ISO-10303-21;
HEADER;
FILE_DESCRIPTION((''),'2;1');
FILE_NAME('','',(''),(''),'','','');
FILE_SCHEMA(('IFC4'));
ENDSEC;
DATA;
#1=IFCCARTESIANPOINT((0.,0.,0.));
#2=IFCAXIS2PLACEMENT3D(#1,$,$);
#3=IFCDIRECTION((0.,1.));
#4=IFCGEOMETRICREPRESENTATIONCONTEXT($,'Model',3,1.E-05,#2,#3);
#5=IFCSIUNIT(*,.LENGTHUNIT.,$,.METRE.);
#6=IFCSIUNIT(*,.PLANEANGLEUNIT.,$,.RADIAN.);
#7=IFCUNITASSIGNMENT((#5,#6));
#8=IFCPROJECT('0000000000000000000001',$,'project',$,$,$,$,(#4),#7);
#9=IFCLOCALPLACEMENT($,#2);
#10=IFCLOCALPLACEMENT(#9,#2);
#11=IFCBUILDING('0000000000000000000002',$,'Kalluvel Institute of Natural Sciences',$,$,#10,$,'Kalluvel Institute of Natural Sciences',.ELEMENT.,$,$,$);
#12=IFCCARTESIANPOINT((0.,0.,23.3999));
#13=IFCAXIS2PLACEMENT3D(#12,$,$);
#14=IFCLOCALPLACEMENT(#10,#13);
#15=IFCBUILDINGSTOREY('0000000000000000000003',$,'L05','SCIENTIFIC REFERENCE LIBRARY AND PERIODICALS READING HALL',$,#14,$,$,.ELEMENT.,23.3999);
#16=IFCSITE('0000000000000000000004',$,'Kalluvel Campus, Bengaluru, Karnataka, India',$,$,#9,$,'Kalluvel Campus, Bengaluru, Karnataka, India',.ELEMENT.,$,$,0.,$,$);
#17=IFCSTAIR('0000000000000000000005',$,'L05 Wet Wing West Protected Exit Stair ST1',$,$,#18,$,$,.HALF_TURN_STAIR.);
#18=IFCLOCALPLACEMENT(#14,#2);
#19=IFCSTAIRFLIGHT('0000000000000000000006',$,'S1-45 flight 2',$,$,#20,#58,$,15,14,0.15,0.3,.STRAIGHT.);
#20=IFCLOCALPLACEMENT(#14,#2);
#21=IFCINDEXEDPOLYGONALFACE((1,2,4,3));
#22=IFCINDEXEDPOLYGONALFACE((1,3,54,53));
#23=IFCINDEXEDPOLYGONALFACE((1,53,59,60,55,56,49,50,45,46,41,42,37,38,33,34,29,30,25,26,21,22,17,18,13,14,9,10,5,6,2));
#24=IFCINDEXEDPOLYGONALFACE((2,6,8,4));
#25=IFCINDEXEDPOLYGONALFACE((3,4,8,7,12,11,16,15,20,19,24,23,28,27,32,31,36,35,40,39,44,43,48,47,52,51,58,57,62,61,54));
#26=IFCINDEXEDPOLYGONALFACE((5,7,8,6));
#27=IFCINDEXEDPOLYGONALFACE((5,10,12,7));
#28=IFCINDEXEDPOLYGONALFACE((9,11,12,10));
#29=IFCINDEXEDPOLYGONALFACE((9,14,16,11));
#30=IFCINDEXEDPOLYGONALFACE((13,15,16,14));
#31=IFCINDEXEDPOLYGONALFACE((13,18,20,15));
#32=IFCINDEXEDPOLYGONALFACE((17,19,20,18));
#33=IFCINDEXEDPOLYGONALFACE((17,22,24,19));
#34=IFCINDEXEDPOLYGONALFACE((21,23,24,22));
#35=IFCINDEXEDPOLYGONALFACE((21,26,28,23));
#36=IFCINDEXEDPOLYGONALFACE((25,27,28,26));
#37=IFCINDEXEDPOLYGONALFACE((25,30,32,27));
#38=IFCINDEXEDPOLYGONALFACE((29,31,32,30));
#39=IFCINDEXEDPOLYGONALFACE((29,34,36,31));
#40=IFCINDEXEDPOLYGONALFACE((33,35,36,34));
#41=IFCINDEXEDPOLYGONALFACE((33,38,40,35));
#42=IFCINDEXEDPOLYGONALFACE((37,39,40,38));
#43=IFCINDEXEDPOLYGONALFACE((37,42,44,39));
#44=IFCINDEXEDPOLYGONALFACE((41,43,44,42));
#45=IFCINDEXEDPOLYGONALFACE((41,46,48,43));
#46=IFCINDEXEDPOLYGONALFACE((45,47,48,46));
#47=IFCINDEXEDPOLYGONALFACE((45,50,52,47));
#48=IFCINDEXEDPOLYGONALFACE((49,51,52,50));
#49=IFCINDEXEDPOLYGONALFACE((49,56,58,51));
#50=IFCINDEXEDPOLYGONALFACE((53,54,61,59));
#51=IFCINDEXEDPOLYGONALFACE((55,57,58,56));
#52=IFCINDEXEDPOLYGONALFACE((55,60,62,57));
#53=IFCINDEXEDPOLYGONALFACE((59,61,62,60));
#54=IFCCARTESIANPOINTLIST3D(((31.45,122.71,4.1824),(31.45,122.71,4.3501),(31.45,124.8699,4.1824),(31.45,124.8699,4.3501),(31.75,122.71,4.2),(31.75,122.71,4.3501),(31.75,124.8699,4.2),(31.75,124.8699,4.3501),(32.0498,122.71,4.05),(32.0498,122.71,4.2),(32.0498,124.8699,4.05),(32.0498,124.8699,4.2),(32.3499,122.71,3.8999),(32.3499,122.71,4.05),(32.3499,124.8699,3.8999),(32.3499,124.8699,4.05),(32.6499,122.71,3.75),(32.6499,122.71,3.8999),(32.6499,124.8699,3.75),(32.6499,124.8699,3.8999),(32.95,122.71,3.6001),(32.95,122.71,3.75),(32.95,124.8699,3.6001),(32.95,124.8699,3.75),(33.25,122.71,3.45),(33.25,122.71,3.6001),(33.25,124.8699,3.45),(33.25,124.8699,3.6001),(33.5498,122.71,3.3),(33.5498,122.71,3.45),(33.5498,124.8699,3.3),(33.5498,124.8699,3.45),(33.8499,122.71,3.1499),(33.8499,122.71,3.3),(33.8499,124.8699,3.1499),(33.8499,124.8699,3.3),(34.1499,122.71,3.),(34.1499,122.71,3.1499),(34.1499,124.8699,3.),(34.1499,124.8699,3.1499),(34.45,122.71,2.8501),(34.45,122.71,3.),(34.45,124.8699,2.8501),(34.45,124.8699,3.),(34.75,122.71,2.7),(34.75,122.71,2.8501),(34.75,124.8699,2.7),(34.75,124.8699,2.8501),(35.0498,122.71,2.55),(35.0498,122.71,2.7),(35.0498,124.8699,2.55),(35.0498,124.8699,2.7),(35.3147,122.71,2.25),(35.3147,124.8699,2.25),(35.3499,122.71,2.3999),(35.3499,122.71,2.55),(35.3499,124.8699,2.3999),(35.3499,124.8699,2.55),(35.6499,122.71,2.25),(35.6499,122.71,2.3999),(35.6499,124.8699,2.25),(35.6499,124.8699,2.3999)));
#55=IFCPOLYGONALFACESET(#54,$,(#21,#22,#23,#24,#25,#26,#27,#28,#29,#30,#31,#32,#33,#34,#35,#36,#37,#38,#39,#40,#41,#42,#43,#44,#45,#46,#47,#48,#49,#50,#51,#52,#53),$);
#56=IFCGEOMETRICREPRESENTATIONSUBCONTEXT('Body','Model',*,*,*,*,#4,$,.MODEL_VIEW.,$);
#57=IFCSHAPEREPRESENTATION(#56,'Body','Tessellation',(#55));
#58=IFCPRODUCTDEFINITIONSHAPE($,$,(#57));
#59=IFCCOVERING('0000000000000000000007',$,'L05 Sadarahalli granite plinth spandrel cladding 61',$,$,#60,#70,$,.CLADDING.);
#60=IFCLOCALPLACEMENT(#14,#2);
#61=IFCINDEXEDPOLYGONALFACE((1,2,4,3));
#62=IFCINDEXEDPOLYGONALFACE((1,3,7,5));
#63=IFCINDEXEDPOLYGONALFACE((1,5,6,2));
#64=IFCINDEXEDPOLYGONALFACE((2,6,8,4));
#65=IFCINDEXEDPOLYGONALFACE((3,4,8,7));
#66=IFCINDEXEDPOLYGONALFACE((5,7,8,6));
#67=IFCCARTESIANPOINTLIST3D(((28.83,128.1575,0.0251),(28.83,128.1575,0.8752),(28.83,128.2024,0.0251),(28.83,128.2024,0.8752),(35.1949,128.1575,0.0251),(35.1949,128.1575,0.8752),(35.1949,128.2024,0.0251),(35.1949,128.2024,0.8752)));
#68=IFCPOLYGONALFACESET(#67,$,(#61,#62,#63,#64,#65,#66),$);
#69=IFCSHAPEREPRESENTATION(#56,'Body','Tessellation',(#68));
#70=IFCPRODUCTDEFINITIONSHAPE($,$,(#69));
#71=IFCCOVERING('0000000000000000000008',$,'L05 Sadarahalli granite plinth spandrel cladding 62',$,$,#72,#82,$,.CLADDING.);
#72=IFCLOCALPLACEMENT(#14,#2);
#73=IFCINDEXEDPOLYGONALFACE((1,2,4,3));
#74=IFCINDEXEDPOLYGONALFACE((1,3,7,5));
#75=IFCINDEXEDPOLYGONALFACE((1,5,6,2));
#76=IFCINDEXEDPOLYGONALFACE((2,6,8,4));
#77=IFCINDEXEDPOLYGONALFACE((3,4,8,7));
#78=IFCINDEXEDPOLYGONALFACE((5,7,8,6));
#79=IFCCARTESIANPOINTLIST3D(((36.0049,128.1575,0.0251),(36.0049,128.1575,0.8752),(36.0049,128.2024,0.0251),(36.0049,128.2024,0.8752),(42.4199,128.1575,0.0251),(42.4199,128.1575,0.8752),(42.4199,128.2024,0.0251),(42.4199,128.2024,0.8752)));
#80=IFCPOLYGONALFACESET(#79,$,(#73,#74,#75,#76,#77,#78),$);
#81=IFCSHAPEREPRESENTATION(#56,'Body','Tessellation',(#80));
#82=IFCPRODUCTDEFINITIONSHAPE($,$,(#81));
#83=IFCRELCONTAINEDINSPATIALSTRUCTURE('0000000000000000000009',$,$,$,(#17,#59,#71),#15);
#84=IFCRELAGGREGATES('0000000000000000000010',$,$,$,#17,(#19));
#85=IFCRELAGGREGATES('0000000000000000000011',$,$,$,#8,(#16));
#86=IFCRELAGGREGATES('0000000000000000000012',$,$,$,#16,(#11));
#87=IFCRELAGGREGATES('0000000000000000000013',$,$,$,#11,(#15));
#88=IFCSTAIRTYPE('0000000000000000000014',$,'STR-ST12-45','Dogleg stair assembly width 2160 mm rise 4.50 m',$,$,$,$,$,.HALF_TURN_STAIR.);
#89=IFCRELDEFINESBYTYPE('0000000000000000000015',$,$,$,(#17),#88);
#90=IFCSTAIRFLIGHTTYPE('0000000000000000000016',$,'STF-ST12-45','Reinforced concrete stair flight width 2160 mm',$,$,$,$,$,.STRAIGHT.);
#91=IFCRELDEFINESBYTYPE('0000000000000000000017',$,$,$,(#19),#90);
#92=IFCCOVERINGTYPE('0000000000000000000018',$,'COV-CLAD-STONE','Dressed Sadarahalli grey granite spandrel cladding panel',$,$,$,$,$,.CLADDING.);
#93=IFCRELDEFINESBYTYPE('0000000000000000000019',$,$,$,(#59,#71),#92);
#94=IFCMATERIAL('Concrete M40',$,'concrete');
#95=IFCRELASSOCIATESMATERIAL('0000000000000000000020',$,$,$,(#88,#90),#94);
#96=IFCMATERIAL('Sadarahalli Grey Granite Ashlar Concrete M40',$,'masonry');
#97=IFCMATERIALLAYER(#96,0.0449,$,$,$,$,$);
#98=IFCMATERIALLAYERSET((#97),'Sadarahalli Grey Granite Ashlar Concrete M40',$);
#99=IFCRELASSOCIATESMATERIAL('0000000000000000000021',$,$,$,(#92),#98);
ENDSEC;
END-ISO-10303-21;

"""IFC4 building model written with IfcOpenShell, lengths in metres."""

from ifc_helpers import new_model, si_unit, direction, frame, origin, origin_2d, place, context, subcontext, project, spatial, polyline, rectangle, outline, extrude, material, layer, layer_set, type_object, element, aggregate, save


model = new_model("IFC4")

# Units and contexts
model_context = context("Model", 3, precision=1e-05, world=origin(), true_north=direction((0.0, 1.0)))
body_context = subcontext(model_context, "Body", "Model", "MODEL_VIEW")
ifc_project = project(units=[si_unit("LENGTHUNIT", "METRE"), si_unit("PLANEANGLEUNIT", "RADIAN")], contexts=[model_context])

# Site, building, storey
site_placement = place(None, origin())
site = spatial("IfcSite", under=ifc_project, at=site_placement, Name="Kalluvel Campus, Bengaluru, Karnataka, India", LongName="Kalluvel Campus, Bengaluru, Karnataka, India", CompositionType="ELEMENT", RefElevation=0.0)
building_placement = place(site_placement, origin())
building = spatial("IfcBuilding", under=site, at=building_placement, Name="Kalluvel Institute of Natural Sciences", LongName="Kalluvel Institute of Natural Sciences", CompositionType="ELEMENT")
storey_placement = place(building_placement, frame((0.0, 0.0, 23.3999)))
storey = spatial("IfcBuildingStorey", under=building, at=storey_placement, Name="L05", Description="SCIENTIFIC REFERENCE LIBRARY AND PERIODICALS READING HALL", CompositionType="ELEMENT", Elevation=23.3999)

# Shared definitions
ifc_material_1 = material(Name="Concrete M40", Category="concrete")

# Shared definitions
ifc_material_2 = material(Name="Sadarahalli Grey Granite Ashlar Concrete M40", Category="masonry")

# Stair, stair flight
stair_type = type_object("IfcStairType", Name="STR-ST12-45", Description="Dogleg stair assembly width 2160 mm rise 4.50 m", PredefinedType="HALF_TURN_STAIR", material=ifc_material_1)
stair_placement = place(storey_placement, origin())
stair = element("IfcStair", 1, at=stair_placement, inside=storey, type_object=stair_type, Name="L05 Wet Wing West Protected Exit Stair ST1", PredefinedType="HALF_TURN_STAIR")
stair_flight_type = type_object("IfcStairFlightType", Name="STF-ST12-45", Description="Reinforced concrete stair flight width 2160 mm", PredefinedType="STRAIGHT", material=ifc_material_1)
stair_flight_1_placement = place(storey_placement, frame((35.6499, 123.79, 2.25), z_axis=(0.0, 0.0, 1.0), x_axis=(-1.0, 0.0, 0.0)))
stair_flight_1 = element("IfcStairFlight", 2, at=stair_flight_1_placement, type_object=stair_flight_type, Name="S1-45 flight 2", NumberOfRisers=15, NumberOfTreads=14, PredefinedType="STRAIGHT", RiserHeight=0.15, TreadLength=0.3, context=body_context, shape_type="SweptSolid", body=[
    extrude(outline(polyline([(0.0, 0.0), (0.0, 0.1499), (0.3, 0.1499), (0.3, 0.3), (0.6001, 0.3), (0.6001, 0.45), (0.8999, 0.45), (0.8999, 0.6001), (1.2, 0.6001), (1.2, 0.75), (1.5, 0.75), (1.5, 0.8999), (1.8, 0.8999), (1.8, 1.05), (2.1001, 1.05), (2.1001, 1.2), (2.3999, 1.2), (2.3999, 1.3501), (2.7, 1.3501), (2.7, 1.5), (3.0, 1.5), (3.0, 1.6499), (3.3, 1.6499), (3.3, 1.8), (3.6001, 1.8), (3.6001, 1.95), (3.8999, 1.95), (3.8999, 2.1001), (4.2, 2.1001), (4.2, 2.25), (4.2, 1.9324), (0.3352, 0.0), (0.0, 0.0)])), frame((0.0, 1.0801, 0.0), z_axis=(0.0, -1.0, 0.0), x_axis=(1.0, 0.0, 0.0)), (0.0, 0.0, 1.0), 2.1599),
])
aggregate(stair, [stair_flight_1])

# Coverings
ifc_layer_1 = layer(ifc_material_2, 0.0449)
ifc_layer_set_1 = layer_set([ifc_layer_1], Name="Sadarahalli Grey Granite Ashlar Concrete M40")
covering_type = type_object("IfcCoveringType", Name="COV-CLAD-STONE", Description="Dressed Sadarahalli grey granite spandrel cladding panel", PredefinedType="CLADDING", material=ifc_layer_set_1)
covering_1_placement = place(storey_placement, frame((32.0125, 128.1799, 0.0251), z_axis=(0.0, 0.0, 1.0), x_axis=(1.0, 0.0, 0.0)))
element("IfcCovering", 3, at=covering_1_placement, inside=storey, type_object=covering_type, Name="L05 Sadarahalli granite plinth spandrel cladding 61", PredefinedType="CLADDING", context=body_context, shape_type="SweptSolid", body=[
    extrude(rectangle(XDim=6.365, YDim=0.0449, at=origin_2d()), origin(), (0.0, 0.0, 1.0), 0.8501),
])
covering_2_placement = place(storey_placement, frame((39.2124, 128.1799, 0.0251), z_axis=(0.0, 0.0, 1.0), x_axis=(1.0, 0.0, 0.0)))
element("IfcCovering", 4, at=covering_2_placement, inside=storey, type_object=covering_type, Name="L05 Sadarahalli granite plinth spandrel cladding 62", PredefinedType="CLADDING", context=body_context, shape_type="SweptSolid", body=[
    extrude(rectangle(XDim=6.415, YDim=0.0449, at=origin_2d()), origin(), (0.0, 0.0, 1.0), 0.8501),
])

save(model, "model.ifc")
